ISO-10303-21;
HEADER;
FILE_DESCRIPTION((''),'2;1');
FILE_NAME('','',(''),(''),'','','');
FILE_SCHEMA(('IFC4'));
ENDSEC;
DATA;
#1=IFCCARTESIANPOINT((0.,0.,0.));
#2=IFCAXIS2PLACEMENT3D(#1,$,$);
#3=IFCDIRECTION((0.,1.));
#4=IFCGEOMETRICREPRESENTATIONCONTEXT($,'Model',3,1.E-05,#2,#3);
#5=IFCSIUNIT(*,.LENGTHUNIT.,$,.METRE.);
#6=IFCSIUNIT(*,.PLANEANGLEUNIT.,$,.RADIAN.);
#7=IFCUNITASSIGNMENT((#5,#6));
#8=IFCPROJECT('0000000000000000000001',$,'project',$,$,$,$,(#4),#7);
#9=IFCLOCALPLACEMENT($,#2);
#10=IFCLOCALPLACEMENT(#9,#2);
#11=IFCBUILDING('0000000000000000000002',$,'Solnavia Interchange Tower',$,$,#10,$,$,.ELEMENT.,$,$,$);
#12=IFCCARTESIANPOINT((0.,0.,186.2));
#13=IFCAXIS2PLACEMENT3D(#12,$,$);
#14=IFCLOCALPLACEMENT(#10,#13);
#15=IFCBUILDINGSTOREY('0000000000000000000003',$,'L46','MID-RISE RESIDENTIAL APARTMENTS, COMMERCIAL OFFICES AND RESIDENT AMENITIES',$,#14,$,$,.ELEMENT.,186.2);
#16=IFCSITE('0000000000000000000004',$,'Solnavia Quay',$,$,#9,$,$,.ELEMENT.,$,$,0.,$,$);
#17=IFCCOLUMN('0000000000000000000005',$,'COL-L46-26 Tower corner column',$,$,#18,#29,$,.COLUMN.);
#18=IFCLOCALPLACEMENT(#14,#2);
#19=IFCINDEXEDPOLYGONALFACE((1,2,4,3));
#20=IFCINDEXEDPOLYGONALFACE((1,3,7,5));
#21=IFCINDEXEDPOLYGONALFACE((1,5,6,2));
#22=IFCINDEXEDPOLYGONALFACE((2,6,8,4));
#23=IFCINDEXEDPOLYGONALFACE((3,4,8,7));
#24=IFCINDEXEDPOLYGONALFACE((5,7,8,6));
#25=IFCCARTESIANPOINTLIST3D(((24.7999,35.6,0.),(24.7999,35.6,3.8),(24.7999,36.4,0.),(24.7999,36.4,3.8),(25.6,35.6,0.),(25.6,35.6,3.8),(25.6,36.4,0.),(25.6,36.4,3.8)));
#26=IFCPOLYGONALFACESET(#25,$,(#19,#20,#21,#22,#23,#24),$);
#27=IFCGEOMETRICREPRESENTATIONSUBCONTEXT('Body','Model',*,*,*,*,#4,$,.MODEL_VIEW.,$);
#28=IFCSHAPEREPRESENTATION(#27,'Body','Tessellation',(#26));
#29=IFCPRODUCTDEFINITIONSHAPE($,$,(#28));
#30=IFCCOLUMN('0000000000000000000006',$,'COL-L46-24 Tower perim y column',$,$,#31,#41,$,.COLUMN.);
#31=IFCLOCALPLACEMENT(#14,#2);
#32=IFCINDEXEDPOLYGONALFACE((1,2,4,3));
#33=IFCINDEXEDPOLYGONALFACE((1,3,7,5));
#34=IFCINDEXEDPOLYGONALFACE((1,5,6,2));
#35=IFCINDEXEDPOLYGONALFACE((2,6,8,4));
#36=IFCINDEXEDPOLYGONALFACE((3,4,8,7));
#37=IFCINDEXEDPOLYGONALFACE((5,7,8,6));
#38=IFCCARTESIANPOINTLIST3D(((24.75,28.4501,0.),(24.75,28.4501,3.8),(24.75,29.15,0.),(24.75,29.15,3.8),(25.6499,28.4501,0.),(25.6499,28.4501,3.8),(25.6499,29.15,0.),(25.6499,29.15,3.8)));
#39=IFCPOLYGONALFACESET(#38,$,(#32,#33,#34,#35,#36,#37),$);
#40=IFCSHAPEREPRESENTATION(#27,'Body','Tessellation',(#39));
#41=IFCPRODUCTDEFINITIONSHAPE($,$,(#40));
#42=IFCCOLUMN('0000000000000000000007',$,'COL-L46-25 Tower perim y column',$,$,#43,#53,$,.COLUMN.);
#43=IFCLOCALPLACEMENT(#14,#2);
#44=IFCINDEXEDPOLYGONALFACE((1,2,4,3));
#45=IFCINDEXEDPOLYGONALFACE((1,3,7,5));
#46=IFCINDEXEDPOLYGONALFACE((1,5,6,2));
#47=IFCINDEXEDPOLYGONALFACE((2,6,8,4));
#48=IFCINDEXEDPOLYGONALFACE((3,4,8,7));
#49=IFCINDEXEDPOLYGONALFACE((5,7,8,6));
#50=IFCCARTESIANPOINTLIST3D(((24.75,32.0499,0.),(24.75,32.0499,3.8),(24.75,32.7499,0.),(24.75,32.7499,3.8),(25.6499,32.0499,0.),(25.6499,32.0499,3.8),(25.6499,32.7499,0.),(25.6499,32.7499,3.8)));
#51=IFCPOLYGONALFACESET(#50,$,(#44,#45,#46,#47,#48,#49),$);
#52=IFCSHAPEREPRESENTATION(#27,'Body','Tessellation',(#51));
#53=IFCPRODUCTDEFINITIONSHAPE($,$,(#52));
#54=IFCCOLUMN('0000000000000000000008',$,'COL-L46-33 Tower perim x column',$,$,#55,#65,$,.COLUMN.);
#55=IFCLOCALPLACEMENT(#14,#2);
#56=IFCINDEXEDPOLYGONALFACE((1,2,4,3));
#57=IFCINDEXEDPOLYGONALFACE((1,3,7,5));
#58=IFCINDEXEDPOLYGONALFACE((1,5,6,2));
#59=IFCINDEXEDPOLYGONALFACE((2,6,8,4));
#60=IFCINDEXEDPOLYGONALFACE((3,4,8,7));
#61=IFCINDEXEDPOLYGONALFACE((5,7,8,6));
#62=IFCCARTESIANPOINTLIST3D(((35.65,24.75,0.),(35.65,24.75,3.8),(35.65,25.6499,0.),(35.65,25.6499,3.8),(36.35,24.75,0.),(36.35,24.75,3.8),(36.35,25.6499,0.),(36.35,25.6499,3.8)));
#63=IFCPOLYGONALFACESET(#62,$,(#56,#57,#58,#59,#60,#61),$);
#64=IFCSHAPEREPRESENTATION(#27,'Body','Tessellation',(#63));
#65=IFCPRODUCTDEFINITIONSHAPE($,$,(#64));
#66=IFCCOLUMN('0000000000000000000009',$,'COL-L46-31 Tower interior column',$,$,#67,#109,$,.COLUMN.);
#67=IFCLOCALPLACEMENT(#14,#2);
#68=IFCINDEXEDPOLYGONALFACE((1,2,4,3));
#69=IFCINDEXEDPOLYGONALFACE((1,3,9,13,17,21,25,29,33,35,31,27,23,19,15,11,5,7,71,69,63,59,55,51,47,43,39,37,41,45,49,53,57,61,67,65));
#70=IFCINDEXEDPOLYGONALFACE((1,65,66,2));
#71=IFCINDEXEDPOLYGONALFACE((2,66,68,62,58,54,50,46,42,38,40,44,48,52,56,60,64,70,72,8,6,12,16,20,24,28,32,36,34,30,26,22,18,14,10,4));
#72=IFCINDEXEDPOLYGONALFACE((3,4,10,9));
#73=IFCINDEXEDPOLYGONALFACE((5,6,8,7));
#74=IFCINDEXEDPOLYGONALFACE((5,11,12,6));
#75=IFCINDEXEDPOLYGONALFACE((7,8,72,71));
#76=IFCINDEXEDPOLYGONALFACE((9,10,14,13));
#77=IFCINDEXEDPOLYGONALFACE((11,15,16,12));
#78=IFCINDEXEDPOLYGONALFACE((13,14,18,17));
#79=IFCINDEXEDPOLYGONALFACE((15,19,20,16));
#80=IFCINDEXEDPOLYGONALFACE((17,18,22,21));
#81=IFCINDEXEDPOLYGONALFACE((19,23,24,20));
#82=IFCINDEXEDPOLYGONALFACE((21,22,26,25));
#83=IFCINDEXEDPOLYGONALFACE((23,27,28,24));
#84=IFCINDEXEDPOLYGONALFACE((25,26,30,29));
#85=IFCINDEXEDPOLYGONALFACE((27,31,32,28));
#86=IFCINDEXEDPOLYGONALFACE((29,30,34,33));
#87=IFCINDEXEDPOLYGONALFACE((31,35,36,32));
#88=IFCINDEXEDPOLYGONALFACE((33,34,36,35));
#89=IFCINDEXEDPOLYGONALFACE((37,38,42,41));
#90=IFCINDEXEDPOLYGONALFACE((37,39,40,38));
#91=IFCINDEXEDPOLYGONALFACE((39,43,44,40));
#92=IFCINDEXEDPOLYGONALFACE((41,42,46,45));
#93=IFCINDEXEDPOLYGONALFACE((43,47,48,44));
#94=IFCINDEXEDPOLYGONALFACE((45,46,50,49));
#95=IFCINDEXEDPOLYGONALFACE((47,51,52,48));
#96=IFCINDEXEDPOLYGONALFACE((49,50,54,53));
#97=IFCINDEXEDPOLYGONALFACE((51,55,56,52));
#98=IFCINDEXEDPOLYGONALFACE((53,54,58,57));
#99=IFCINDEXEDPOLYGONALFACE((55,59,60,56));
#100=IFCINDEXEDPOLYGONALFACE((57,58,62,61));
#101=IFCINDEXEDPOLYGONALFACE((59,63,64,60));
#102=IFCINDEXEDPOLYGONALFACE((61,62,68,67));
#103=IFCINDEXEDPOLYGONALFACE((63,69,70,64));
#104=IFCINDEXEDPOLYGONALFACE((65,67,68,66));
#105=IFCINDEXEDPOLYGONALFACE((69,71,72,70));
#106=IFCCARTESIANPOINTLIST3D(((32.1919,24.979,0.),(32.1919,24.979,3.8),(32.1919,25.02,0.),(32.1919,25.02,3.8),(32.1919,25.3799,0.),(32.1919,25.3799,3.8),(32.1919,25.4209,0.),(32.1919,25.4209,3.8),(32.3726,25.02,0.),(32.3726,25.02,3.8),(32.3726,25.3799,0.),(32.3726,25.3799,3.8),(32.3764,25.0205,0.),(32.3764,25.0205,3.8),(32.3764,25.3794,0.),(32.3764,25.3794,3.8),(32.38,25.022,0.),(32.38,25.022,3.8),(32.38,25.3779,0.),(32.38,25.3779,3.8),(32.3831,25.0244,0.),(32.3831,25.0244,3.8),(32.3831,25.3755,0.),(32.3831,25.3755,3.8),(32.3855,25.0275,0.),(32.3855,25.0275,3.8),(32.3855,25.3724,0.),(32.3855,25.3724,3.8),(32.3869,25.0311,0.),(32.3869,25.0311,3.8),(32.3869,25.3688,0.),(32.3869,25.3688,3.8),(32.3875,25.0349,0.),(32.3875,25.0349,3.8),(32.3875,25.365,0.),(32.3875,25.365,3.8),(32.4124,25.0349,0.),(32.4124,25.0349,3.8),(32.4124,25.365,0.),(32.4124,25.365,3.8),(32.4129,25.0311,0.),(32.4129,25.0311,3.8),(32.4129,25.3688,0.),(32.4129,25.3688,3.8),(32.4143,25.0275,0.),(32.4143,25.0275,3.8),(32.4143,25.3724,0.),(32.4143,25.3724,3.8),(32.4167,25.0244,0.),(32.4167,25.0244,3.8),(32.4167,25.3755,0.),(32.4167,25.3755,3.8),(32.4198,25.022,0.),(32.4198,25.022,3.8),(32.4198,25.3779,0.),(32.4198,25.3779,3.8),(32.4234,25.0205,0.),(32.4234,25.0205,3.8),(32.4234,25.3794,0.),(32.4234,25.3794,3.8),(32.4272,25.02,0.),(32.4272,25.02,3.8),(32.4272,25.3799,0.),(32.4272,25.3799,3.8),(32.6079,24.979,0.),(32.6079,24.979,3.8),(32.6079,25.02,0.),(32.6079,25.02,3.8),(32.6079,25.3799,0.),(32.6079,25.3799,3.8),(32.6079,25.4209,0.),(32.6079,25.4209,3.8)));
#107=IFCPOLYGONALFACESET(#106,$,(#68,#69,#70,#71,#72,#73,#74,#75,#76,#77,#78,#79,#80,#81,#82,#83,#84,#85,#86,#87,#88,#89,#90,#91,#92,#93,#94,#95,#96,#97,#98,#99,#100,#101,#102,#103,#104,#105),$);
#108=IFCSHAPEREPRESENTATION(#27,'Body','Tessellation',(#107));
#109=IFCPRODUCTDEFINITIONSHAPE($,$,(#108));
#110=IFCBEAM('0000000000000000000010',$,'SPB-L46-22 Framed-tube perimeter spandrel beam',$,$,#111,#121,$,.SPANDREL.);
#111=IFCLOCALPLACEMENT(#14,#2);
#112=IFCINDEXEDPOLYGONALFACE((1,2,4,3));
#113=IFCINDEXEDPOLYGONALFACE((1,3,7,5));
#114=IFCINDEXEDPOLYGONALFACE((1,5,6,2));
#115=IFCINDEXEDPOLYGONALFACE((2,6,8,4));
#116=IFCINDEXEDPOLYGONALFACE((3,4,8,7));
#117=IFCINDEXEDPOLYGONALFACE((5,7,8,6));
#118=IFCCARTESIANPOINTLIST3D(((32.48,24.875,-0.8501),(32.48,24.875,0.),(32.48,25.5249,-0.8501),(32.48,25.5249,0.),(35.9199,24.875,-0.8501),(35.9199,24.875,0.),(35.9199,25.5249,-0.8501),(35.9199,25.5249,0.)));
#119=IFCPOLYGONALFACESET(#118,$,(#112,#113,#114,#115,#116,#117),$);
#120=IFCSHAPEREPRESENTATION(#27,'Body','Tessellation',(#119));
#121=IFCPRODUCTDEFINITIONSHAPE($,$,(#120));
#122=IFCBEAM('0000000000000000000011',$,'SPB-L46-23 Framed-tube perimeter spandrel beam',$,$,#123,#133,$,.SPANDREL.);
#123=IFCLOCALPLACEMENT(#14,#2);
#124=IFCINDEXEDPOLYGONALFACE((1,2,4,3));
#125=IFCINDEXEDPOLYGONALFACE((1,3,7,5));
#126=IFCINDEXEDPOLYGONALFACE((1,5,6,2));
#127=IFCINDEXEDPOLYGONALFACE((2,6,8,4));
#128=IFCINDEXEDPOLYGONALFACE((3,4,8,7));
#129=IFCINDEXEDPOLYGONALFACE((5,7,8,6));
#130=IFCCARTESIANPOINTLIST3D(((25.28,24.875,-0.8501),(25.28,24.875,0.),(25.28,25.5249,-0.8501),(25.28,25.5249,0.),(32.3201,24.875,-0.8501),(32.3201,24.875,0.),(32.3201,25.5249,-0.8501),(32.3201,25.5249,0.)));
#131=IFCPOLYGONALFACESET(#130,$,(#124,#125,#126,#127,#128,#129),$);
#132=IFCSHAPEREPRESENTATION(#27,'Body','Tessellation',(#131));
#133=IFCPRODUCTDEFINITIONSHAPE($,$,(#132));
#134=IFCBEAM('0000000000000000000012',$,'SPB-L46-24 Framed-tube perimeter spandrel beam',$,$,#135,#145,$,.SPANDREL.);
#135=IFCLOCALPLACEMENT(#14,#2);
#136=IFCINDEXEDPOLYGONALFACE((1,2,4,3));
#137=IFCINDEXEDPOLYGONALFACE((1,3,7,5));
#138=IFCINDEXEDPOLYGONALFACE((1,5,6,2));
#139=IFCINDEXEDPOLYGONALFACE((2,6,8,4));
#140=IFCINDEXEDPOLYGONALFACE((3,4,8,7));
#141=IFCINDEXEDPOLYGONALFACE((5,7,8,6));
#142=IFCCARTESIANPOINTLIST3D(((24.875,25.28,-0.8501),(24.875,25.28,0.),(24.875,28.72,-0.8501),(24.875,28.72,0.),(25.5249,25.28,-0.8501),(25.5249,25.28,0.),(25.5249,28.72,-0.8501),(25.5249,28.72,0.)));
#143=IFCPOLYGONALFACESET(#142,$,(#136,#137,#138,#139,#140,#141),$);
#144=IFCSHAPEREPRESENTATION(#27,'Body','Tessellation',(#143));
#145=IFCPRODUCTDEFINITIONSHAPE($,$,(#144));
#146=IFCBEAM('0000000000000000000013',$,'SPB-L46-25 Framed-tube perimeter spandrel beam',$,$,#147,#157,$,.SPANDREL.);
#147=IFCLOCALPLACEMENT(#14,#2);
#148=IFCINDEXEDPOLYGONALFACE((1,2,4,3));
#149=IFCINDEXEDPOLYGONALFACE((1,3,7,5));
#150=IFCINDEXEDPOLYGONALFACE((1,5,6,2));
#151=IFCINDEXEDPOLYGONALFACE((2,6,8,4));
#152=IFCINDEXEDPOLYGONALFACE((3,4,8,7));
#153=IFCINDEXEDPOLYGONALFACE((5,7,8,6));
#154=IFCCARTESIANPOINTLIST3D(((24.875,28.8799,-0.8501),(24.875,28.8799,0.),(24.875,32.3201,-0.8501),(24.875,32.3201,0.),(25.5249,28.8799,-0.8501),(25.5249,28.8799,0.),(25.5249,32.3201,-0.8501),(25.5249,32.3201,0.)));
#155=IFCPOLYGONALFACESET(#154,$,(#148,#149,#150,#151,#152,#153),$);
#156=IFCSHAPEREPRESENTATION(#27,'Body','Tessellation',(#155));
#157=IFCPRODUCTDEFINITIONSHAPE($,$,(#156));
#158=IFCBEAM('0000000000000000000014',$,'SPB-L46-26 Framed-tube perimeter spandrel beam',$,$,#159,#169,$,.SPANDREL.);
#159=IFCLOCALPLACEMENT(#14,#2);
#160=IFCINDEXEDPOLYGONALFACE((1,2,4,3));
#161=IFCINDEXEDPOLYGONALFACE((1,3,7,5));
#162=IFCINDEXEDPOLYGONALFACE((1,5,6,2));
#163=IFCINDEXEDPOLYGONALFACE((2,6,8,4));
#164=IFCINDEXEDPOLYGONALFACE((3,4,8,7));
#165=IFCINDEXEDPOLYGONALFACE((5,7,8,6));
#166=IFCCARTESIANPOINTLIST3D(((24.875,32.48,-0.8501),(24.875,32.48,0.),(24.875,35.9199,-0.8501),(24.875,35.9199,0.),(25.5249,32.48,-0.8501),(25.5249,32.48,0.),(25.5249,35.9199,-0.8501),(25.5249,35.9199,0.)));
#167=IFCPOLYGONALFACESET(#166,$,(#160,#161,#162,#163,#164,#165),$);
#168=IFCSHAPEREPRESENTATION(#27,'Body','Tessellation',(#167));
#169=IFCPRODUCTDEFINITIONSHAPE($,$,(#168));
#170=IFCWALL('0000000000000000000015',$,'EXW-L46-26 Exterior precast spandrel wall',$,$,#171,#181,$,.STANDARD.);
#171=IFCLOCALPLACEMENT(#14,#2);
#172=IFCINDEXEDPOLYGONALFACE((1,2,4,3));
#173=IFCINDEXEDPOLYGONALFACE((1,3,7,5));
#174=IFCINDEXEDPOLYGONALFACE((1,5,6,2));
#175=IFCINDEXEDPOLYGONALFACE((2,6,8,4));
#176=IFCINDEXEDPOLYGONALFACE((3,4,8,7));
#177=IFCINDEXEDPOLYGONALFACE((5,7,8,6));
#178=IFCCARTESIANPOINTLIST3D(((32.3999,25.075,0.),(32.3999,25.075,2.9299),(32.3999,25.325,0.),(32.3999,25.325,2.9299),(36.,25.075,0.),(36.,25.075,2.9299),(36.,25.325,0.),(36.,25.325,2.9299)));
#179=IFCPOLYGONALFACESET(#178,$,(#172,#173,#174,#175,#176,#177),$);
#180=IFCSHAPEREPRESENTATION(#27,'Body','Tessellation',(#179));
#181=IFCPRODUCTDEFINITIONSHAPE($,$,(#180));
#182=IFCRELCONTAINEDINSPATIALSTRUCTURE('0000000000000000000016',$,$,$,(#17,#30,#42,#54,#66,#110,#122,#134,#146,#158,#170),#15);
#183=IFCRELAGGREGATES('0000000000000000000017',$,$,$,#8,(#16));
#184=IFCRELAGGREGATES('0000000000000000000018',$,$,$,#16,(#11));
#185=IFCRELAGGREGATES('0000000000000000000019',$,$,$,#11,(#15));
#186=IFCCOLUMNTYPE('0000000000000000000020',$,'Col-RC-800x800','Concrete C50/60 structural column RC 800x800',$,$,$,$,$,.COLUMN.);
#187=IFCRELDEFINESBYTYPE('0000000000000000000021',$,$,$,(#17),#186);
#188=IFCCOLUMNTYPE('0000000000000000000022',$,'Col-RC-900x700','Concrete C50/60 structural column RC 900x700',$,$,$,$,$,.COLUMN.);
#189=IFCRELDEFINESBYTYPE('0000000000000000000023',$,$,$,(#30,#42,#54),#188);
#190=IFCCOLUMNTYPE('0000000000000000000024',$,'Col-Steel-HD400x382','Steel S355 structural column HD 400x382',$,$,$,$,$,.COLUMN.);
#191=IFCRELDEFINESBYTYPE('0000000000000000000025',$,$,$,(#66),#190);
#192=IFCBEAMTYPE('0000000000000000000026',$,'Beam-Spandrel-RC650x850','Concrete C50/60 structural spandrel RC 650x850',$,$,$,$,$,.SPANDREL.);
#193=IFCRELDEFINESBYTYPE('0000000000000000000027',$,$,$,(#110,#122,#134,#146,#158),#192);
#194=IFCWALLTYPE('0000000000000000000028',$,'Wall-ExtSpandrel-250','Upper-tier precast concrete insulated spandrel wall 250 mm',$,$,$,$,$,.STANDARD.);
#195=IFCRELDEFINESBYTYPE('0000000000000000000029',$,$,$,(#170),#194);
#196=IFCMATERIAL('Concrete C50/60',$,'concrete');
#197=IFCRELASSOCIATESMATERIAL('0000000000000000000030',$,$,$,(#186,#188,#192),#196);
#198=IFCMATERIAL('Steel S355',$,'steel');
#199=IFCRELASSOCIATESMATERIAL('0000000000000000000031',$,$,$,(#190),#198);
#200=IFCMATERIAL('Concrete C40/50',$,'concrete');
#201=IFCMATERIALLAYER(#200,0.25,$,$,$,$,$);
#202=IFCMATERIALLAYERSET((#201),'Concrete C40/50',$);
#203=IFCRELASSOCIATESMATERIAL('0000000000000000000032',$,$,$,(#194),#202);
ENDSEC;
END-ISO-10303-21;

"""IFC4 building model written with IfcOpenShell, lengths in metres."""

from ifc_helpers import new_model, si_unit, direction, frame, frame_2d, origin, origin_2d, place, context, subcontext, project, spatial, rectangle, i_section, extrude, material, layer, layer_set, material_profile, profile_set, type_object, element, save


model = new_model("IFC4")

# Units and contexts
model_context = context("Model", 3, precision=1e-05, world=origin(), true_north=direction((0.0, 1.0)))
body_context = subcontext(model_context, "Body", "Model", "MODEL_VIEW")
ifc_project = project(units=[si_unit("LENGTHUNIT", "METRE"), si_unit("PLANEANGLEUNIT", "RADIAN")], contexts=[model_context])

# Site, building, storey
site_placement = place(None, origin())
site = spatial("IfcSite", under=ifc_project, at=site_placement, Name="Solnavia Quay", CompositionType="ELEMENT", RefElevation=0.0)
building_placement = place(site_placement, origin())
building = spatial("IfcBuilding", under=site, at=building_placement, Name="Solnavia Interchange Tower", CompositionType="ELEMENT")
storey_placement = place(building_placement, frame((0.0, 0.0, 186.2)))
storey = spatial("IfcBuildingStorey", under=building, at=storey_placement, Name="L46", Description="MID-RISE RESIDENTIAL APARTMENTS, COMMERCIAL OFFICES AND RESIDENT AMENITIES", CompositionType="ELEMENT", Elevation=186.2)

# Columns
ifc_material_1 = material(Name="Concrete C50/60", Category="concrete")
ifc_material_profile_1 = material_profile(ifc_material_1, rectangle(XDim=0.8, YDim=0.8, at=origin_2d()), Name="RC 800x800")
ifc_profile_set_1 = profile_set([ifc_material_profile_1], Name="Concrete C50/60")
column_type_1 = type_object("IfcColumnType", Name="Col-RC-800x800", Description="Concrete C50/60 structural column RC 800x800", PredefinedType="COLUMN", material=ifc_profile_set_1)
column_1_placement = place(storey_placement, frame((25.2, 36.0, 0.0), z_axis=(0.0, 0.0, 1.0), x_axis=(0.0, 1.0, 0.0)))
element("IfcColumn", 1, at=column_1_placement, inside=storey, type_object=column_type_1, Name="COL-L46-26 Tower corner column", PredefinedType="COLUMN", context=body_context, shape_type="SweptSolid", body=[
    extrude(rectangle(XDim=0.8, YDim=0.8, at=origin_2d()), origin(), (0.0, 0.0, 1.0), 3.8),
])
ifc_material_profile_2 = material_profile(ifc_material_1, rectangle(XDim=0.7, YDim=0.8999, at=origin_2d()), Name="RC 900x700")
ifc_profile_set_2 = profile_set([ifc_material_profile_2], Name="Concrete C50/60")
column_type_2 = type_object("IfcColumnType", Name="Col-RC-900x700", Description="Concrete C50/60 structural column RC 900x700", PredefinedType="COLUMN", material=ifc_profile_set_2)
for number, where, z_axis, x_axis, name in (
    (2, (25.2, 28.8, 0.0), (0.0, 0.0, 1.0), (0.0, 1.0, 0.0), "COL-L46-24 Tower perim y column"),
    (3, (25.2, 32.3999, 0.0), (0.0, 0.0, 1.0), (0.0, 1.0, 0.0), "COL-L46-25 Tower perim y column"),
    (4, (36.0, 25.2, 0.0), (0.0, 0.0, 1.0), (1.0, 0.0, 0.0), "COL-L46-33 Tower perim x column"),
):
    element("IfcColumn", number, at=place(storey_placement, frame(where, z_axis=z_axis, x_axis=x_axis)), inside=storey, type_object=column_type_2, Name=name, PredefinedType="COLUMN", context=body_context, shape_type="SweptSolid", body=[
        extrude(rectangle(XDim=0.7, YDim=0.8999, at=origin_2d()), origin(), (0.0, 0.0, 1.0), 3.8),
    ])
ifc_material_2 = material(Name="Steel S355", Category="steel")
ifc_material_profile_3 = material_profile(ifc_material_2, i_section(OverallWidth=0.416, OverallDepth=0.4419, WebThickness=0.0249, FlangeThickness=0.041, FilletRadius=0.0149, at=origin_2d()), Name="HD 400x382")
ifc_profile_set_3 = profile_set([ifc_material_profile_3], Name="Steel S355")
column_type_3 = type_object("IfcColumnType", Name="Col-Steel-HD400x382", Description="Steel S355 structural column HD 400x382", PredefinedType="COLUMN", material=ifc_profile_set_3)
column_2_placement = place(storey_placement, frame((32.3999, 25.2, 0.0), z_axis=(0.0, 0.0, 1.0), x_axis=(1.0, 0.0, 0.0)))
element("IfcColumn", 5, at=column_2_placement, inside=storey, type_object=column_type_3, Name="COL-L46-31 Tower interior column", PredefinedType="COLUMN", context=body_context, shape_type="SweptSolid", body=[
    extrude(i_section(OverallWidth=0.416, OverallDepth=0.4419, WebThickness=0.0249, FlangeThickness=0.041, FilletRadius=0.0149, at=origin_2d()), origin(), (0.0, 0.0, 1.0), 3.8),
])

# Beams
ifc_material_profile_4 = material_profile(ifc_material_1, rectangle(XDim=0.6499, YDim=0.8501, at=origin_2d()), Name="RC 650x850")
ifc_profile_set_4 = profile_set([ifc_material_profile_4], Name="Concrete C50/60")
beam_type = type_object("IfcBeamType", Name="Beam-Spandrel-RC650x850", Description="Concrete C50/60 structural spandrel RC 650x850", PredefinedType="SPANDREL", material=ifc_profile_set_4)
beam_1_placement = place(storey_placement, frame((35.9199, 25.2, -0.425), z_axis=(-1.0, 0.0, 0.0), x_axis=(0.0, -1.0, 0.0)))
element("IfcBeam", 6, at=beam_1_placement, inside=storey, type_object=beam_type, Name="SPB-L46-22 Framed-tube perimeter spandrel beam", PredefinedType="SPANDREL", context=body_context, shape_type="SweptSolid", body=[
    extrude(rectangle(XDim=0.6499, YDim=0.8501, at=origin_2d()), origin(), (0.0, 0.0, 1.0), 3.4399),
])
beam_2_placement = place(storey_placement, frame((32.3201, 25.2, -0.425), z_axis=(-1.0, 0.0, 0.0), x_axis=(0.0, -1.0, 0.0)))
element("IfcBeam", 7, at=beam_2_placement, inside=storey, type_object=beam_type, Name="SPB-L46-23 Framed-tube perimeter spandrel beam", PredefinedType="SPANDREL", context=body_context, shape_type="SweptSolid", body=[
    extrude(rectangle(XDim=0.6499, YDim=0.8501, at=origin_2d()), origin(), (0.0, 0.0, 1.0), 7.04),
])
beam_3_placement = place(storey_placement, frame((25.2, 25.28, -0.425), z_axis=(0.0, 1.0, 0.0), x_axis=(-1.0, 0.0, 0.0)))
element("IfcBeam", 8, at=beam_3_placement, inside=storey, type_object=beam_type, Name="SPB-L46-24 Framed-tube perimeter spandrel beam", PredefinedType="SPANDREL", context=body_context, shape_type="SweptSolid", body=[
    extrude(rectangle(XDim=0.6499, YDim=0.8501, at=origin_2d()), origin(), (0.0, 0.0, 1.0), 3.4399),
])
beam_4_placement = place(storey_placement, frame((25.2, 28.8799, -0.425), z_axis=(0.0, 1.0, 0.0), x_axis=(-1.0, 0.0, 0.0)))
element("IfcBeam", 9, at=beam_4_placement, inside=storey, type_object=beam_type, Name="SPB-L46-25 Framed-tube perimeter spandrel beam", PredefinedType="SPANDREL", context=body_context, shape_type="SweptSolid", body=[
    extrude(rectangle(XDim=0.6499, YDim=0.8501, at=origin_2d()), origin(), (0.0, 0.0, 1.0), 3.4402),
])
beam_5_placement = place(storey_placement, frame((25.2, 32.48, -0.425), z_axis=(0.0, 1.0, 0.0), x_axis=(-1.0, 0.0, 0.0)))
element("IfcBeam", 10, at=beam_5_placement, inside=storey, type_object=beam_type, Name="SPB-L46-26 Framed-tube perimeter spandrel beam", PredefinedType="SPANDREL", context=body_context, shape_type="SweptSolid", body=[
    extrude(rectangle(XDim=0.6499, YDim=0.8501, at=origin_2d()), origin(), (0.0, 0.0, 1.0), 3.4399),
])

# Wall
ifc_material_3 = material(Name="Concrete C40/50", Category="concrete")
ifc_layer = layer(ifc_material_3, 0.25)
ifc_layer_set = layer_set([ifc_layer], Name="Concrete C40/50")
wall_type = type_object("IfcWallType", Name="Wall-ExtSpandrel-250", Description="Upper-tier precast concrete insulated spandrel wall 250 mm", PredefinedType="STANDARD", material=ifc_layer_set)
wall_1_placement = place(storey_placement, frame((32.3999, 25.2, 0.0), z_axis=(0.0, 0.0, 1.0), x_axis=(1.0, 0.0, 0.0)))
element("IfcWall", 11, at=wall_1_placement, inside=storey, type_object=wall_type, Name="EXW-L46-26 Exterior precast spandrel wall", PredefinedType="STANDARD", context=body_context, shape_type="SweptSolid", body=[
    extrude(rectangle(XDim=3.6001, YDim=0.25, at=frame_2d((1.8, 0.0))), origin(), (0.0, 0.0, 1.0), 2.9299),
])

save(model, "model.ifc")
